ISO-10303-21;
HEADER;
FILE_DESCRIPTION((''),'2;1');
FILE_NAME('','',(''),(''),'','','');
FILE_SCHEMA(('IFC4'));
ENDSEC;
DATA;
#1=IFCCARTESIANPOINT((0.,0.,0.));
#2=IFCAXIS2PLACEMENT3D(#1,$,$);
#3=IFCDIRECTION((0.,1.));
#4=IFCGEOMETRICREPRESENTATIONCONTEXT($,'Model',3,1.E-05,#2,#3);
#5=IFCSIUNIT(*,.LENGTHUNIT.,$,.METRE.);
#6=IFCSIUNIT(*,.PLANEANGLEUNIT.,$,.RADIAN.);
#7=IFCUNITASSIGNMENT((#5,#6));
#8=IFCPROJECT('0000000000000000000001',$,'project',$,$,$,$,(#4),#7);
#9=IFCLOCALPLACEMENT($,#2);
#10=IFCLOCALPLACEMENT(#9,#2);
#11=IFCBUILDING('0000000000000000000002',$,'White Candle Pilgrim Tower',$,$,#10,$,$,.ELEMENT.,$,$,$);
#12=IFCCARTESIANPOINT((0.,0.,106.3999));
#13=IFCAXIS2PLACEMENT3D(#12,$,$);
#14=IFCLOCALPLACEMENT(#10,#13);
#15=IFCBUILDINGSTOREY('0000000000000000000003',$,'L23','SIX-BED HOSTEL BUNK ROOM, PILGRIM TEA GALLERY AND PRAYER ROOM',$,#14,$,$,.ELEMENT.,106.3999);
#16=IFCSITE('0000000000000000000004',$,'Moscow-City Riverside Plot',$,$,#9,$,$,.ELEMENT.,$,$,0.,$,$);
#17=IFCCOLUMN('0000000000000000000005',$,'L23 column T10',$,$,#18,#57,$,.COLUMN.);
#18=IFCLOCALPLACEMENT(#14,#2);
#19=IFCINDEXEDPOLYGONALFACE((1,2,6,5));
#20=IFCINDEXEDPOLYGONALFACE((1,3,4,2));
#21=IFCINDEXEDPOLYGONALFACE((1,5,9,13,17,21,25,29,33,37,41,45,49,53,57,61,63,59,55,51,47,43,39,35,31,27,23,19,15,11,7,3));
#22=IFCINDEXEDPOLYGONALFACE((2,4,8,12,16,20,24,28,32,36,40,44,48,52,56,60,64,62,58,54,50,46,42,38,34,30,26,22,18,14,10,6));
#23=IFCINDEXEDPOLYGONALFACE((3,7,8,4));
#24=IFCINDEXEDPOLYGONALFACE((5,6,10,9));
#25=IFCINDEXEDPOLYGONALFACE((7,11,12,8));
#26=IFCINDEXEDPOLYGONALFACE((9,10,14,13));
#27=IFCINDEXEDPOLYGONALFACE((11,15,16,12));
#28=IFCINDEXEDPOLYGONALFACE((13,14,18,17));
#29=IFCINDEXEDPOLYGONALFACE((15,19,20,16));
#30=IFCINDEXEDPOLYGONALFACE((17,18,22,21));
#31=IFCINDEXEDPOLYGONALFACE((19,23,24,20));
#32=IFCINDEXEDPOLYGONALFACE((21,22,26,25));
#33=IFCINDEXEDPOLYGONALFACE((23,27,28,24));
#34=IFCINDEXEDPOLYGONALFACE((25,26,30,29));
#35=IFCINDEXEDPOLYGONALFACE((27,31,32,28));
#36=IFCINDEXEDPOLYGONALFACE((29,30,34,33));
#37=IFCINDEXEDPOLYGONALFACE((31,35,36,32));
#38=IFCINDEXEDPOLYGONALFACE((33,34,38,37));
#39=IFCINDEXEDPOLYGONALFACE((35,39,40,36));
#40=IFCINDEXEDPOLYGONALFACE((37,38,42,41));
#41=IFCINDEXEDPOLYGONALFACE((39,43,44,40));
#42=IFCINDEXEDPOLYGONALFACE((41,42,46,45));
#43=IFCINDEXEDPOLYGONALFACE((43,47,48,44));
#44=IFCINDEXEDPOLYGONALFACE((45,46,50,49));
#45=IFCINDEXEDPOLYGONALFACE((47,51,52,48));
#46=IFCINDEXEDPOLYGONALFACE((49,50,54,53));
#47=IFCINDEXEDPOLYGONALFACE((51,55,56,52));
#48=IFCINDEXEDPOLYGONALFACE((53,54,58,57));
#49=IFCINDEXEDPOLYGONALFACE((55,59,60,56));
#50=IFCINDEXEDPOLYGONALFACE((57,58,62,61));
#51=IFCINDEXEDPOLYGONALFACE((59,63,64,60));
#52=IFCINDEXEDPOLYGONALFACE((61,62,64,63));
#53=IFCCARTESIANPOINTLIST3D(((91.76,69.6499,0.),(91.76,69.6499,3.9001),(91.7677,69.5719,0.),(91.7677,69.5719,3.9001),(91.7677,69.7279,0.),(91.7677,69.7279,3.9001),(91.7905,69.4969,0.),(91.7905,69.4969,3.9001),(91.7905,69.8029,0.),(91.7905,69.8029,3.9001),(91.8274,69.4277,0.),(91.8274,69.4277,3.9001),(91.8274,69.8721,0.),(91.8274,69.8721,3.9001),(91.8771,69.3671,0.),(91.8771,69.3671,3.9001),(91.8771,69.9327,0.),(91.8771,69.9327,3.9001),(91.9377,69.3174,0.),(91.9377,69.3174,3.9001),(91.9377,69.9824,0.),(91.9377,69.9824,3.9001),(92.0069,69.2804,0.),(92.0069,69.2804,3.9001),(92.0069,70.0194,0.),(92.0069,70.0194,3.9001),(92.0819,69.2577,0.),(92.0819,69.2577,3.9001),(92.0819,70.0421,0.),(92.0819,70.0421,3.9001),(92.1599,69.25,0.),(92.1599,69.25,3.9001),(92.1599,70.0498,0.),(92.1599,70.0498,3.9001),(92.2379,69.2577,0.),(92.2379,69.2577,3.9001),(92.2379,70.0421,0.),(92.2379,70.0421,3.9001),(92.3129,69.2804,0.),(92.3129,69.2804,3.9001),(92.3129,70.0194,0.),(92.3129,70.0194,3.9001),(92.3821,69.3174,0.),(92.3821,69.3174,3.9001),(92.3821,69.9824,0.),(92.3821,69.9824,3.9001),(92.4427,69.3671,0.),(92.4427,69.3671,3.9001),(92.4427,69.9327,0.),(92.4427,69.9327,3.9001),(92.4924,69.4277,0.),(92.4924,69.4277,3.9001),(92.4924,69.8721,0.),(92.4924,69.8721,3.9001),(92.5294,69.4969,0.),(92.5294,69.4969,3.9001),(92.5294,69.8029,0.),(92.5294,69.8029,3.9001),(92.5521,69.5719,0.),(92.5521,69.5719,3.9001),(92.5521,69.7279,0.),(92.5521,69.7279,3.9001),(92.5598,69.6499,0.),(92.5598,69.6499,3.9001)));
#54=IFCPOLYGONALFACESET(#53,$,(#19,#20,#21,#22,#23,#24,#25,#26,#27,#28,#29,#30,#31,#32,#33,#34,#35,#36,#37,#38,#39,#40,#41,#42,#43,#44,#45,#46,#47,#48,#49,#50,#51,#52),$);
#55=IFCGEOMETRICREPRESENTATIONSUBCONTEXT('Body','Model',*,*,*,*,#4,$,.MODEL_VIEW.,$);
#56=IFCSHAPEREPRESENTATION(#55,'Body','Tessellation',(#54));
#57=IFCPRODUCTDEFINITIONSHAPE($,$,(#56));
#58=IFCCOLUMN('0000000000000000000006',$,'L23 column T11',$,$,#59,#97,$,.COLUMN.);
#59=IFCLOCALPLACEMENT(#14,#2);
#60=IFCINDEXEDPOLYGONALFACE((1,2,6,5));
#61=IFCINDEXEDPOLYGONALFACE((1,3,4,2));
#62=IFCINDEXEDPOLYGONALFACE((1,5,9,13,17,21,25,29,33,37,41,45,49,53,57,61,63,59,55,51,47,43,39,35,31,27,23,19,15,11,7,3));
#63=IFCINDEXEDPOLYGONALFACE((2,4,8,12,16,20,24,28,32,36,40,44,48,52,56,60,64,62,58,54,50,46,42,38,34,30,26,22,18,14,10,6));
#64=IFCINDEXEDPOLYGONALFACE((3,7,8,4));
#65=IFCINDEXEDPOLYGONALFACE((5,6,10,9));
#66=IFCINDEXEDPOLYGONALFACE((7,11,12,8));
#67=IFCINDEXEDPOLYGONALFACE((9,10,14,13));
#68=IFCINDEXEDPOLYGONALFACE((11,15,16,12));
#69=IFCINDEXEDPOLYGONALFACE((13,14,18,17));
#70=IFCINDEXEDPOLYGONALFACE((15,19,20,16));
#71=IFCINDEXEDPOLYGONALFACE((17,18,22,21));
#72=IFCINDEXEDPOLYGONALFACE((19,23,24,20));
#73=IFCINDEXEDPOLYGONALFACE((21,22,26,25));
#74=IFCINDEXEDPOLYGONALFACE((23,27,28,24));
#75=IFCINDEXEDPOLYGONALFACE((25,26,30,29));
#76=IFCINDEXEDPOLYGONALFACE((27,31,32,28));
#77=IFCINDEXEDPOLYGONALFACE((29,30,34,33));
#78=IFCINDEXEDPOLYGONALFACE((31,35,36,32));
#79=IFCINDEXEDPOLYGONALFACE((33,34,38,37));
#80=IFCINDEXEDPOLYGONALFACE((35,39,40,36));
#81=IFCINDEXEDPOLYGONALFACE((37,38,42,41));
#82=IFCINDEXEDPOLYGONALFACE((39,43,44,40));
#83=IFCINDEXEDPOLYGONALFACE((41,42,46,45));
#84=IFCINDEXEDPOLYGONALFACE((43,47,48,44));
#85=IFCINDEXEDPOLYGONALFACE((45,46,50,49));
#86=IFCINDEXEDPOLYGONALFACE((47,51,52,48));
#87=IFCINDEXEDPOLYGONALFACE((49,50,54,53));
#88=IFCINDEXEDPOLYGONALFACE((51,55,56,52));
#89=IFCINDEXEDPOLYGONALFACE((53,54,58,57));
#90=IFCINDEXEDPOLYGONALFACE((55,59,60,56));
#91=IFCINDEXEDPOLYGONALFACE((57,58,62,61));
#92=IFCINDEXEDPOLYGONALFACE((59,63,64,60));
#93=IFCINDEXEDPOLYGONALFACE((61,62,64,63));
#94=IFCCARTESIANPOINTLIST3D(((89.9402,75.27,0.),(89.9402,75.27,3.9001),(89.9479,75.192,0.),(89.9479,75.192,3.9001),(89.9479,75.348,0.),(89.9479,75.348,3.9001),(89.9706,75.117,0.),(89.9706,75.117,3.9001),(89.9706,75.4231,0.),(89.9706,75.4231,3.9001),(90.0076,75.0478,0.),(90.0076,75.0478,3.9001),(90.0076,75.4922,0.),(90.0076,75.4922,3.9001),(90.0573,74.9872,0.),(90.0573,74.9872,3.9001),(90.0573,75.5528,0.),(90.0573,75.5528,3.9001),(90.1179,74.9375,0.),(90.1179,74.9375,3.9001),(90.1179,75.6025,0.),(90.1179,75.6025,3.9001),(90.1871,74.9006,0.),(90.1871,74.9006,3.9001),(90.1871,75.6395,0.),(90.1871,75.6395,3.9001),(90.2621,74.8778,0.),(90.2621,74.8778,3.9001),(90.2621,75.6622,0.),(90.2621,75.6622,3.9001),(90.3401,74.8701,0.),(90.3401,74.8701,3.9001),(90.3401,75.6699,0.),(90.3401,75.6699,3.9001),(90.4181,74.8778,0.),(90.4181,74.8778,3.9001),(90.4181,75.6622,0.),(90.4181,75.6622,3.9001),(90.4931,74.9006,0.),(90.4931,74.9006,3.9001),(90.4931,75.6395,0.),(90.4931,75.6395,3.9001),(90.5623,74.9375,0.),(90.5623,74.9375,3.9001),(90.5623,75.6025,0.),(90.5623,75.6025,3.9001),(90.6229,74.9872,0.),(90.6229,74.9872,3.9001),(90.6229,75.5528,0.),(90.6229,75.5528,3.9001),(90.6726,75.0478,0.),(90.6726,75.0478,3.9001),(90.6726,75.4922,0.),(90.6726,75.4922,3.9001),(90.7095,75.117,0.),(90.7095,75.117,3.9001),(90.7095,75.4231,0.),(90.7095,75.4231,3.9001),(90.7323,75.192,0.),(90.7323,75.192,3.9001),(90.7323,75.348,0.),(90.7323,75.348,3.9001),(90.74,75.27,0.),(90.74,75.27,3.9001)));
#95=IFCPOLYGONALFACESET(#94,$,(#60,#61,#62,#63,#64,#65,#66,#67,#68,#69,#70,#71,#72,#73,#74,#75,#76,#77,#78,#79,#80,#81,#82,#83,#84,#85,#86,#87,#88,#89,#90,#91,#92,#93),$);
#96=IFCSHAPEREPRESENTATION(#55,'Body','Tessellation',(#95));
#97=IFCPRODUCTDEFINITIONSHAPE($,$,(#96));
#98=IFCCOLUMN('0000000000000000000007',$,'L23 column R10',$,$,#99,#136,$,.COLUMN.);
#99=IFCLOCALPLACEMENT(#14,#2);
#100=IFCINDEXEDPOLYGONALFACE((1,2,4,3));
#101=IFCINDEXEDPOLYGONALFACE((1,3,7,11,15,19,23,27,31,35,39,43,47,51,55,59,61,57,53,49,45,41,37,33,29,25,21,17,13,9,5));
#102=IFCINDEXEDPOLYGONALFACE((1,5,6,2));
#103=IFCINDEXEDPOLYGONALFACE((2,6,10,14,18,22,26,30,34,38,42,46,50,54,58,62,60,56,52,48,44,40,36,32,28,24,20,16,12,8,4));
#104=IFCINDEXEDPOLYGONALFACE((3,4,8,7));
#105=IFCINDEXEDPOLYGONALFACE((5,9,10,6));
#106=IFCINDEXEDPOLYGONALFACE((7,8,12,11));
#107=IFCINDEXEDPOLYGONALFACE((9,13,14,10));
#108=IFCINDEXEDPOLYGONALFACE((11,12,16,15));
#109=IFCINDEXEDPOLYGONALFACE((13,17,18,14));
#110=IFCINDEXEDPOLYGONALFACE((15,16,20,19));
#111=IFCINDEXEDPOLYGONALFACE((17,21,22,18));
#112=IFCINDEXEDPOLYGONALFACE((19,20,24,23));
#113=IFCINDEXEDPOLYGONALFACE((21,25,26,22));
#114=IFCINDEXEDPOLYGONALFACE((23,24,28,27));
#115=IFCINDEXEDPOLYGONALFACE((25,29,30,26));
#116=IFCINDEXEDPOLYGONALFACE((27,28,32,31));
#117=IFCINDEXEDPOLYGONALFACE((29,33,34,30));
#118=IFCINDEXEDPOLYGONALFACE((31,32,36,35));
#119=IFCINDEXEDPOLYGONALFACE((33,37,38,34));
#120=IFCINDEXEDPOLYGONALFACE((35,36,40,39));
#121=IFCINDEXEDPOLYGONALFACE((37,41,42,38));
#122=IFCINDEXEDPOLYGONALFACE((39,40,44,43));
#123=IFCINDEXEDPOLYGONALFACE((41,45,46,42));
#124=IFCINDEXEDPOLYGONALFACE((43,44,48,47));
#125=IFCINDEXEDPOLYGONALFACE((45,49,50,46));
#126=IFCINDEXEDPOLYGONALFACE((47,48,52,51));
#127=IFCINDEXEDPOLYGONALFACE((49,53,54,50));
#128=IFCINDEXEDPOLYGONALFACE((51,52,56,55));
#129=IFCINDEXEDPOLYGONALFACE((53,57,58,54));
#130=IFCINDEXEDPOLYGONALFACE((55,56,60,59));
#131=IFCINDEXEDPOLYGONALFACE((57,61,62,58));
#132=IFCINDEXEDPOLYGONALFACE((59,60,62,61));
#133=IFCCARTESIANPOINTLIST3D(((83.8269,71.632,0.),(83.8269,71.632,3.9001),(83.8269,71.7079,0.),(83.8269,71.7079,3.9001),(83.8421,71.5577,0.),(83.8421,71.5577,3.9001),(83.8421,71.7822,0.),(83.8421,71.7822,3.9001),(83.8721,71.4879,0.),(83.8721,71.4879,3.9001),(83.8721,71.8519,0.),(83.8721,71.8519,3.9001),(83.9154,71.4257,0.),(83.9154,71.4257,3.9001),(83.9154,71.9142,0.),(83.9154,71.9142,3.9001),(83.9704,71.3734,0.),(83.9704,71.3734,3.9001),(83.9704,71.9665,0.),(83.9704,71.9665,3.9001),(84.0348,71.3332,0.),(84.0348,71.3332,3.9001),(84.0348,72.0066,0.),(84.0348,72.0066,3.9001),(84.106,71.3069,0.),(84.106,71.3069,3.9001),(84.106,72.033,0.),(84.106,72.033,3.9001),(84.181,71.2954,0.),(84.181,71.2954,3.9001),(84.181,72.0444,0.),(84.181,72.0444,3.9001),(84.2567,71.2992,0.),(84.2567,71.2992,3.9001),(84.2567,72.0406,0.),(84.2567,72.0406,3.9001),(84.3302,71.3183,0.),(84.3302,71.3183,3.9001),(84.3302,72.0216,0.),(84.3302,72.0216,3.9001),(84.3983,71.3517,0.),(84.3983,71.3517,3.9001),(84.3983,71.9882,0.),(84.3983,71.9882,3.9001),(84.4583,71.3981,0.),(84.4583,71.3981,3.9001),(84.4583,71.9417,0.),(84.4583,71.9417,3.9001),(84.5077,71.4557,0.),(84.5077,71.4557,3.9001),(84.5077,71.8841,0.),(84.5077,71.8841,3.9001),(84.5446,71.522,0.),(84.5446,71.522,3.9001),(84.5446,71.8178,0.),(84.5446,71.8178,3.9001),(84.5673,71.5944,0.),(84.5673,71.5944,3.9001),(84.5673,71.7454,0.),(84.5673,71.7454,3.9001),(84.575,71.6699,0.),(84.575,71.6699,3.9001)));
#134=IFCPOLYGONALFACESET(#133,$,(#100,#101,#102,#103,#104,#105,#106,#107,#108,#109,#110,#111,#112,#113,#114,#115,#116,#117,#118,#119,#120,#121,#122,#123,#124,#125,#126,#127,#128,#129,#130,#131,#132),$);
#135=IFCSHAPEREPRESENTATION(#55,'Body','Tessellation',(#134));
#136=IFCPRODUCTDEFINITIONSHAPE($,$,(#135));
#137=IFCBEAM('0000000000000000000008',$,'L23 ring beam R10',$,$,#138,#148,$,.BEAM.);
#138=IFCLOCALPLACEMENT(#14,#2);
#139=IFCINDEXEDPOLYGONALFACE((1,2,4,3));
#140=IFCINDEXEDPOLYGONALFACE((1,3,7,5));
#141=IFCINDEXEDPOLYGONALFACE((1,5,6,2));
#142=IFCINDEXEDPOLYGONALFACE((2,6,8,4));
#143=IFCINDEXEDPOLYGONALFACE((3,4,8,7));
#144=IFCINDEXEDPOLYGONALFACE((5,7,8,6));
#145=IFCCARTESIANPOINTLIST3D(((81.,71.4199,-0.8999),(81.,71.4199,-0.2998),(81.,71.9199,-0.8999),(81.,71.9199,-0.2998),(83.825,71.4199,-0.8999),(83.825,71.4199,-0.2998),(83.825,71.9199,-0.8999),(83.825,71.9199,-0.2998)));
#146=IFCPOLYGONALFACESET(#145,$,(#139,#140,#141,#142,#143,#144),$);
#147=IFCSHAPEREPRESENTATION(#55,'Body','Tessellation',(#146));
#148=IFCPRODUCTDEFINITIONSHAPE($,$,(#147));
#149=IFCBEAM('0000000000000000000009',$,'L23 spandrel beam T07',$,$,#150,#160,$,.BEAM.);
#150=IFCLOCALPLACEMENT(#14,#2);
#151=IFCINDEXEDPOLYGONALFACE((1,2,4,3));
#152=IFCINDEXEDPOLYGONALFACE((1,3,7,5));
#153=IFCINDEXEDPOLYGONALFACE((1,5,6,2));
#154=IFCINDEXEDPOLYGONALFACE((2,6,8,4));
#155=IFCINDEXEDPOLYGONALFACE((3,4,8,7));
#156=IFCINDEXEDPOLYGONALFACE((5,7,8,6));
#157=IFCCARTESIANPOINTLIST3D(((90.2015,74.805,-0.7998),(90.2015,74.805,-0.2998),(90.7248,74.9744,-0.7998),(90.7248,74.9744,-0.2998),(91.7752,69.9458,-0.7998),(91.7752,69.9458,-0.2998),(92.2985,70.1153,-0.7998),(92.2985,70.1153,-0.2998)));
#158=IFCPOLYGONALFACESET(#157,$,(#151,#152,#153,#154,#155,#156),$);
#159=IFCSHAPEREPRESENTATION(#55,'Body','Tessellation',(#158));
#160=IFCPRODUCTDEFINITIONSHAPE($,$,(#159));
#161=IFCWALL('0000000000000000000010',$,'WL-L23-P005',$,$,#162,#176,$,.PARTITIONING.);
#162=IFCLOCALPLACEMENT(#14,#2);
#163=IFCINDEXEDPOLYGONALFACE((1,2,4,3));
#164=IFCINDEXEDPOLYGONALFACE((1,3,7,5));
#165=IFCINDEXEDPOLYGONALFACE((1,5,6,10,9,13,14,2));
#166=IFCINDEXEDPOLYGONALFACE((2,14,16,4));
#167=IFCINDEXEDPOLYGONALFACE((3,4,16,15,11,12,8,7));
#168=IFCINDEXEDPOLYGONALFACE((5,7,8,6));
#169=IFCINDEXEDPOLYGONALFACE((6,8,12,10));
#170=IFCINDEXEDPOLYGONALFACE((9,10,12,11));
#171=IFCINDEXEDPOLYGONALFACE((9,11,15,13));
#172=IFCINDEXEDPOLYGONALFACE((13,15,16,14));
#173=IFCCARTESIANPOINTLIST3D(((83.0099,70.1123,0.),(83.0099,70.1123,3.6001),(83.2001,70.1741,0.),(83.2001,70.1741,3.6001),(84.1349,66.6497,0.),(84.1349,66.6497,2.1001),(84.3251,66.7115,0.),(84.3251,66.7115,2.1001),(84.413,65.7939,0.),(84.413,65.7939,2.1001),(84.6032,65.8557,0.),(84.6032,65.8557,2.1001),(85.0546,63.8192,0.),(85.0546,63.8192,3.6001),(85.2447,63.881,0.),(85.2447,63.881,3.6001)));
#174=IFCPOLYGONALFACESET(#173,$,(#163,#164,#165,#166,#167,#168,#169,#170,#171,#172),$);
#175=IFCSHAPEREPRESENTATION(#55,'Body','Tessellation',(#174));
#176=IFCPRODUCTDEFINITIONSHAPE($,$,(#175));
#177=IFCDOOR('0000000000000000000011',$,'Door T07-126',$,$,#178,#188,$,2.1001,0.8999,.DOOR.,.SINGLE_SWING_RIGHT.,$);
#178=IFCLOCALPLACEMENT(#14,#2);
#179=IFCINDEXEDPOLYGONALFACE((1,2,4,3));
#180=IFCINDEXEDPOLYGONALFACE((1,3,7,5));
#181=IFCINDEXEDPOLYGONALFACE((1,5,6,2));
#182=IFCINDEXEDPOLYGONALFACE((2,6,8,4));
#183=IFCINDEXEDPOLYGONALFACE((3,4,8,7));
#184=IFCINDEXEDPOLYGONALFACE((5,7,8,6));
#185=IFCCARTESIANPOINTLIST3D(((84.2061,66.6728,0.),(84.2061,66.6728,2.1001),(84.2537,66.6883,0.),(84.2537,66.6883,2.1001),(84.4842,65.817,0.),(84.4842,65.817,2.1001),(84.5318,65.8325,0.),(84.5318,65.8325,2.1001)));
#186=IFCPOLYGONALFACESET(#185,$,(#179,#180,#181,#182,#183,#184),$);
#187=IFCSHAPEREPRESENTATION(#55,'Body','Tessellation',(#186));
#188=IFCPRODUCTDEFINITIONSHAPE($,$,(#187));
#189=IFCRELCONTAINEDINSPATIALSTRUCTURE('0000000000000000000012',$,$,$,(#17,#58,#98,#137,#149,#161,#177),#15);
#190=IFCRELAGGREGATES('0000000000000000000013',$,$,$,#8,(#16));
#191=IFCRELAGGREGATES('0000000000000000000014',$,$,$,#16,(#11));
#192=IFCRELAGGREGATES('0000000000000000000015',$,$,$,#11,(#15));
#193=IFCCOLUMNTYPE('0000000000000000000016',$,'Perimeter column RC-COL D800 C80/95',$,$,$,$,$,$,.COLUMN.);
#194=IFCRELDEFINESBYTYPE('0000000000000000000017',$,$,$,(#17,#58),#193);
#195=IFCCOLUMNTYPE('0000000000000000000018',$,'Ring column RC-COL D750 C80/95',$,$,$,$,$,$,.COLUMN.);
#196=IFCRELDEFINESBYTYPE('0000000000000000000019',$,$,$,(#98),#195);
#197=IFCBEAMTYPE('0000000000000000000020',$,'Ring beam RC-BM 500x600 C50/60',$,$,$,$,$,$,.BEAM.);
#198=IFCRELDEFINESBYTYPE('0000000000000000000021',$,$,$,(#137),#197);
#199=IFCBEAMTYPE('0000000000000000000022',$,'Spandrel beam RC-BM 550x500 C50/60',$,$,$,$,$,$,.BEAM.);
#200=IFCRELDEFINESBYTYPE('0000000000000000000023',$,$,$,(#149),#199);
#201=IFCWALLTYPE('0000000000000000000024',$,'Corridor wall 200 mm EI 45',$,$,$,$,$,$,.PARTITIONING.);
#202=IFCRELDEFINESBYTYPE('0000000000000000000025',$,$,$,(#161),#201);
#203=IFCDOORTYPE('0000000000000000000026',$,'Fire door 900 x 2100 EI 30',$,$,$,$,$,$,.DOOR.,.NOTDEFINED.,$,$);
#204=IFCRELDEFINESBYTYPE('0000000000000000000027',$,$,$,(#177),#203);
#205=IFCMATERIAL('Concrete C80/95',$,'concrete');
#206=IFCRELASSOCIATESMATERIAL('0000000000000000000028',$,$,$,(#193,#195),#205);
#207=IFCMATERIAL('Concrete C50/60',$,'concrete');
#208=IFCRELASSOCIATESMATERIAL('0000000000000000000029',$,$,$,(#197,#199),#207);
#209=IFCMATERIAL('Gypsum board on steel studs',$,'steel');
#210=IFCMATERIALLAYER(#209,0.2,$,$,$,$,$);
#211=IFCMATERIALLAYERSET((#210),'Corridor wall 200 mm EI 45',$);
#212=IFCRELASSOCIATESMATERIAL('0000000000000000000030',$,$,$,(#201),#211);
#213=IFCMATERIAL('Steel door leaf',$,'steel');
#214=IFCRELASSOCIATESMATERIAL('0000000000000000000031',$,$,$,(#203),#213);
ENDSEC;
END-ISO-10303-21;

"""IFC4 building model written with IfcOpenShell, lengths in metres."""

from ifc_helpers import new_model, si_unit, direction, frame, frame_2d, origin, origin_2d, place, context, subcontext, project, spatial, rectangle, circle, extrude, material, layer, layer_set, material_profile, profile_set, type_object, element, fill, save


model = new_model("IFC4")

# Units and contexts
model_context = context("Model", 3, precision=1e-05, world=origin(), true_north=direction((0.0, 1.0)))
body_context = subcontext(model_context, "Body", "Model", "MODEL_VIEW")
ifc_project = project(units=[si_unit("LENGTHUNIT", "METRE"), si_unit("PLANEANGLEUNIT", "RADIAN")], contexts=[model_context])

# Site, building, storey
site_placement = place(None, origin())
site = spatial("IfcSite", under=ifc_project, at=site_placement, Name="Moscow-City Riverside Plot", CompositionType="ELEMENT", RefElevation=0.0)
building_placement = place(site_placement, origin())
building = spatial("IfcBuilding", under=site, at=building_placement, Name="White Candle Pilgrim Tower", CompositionType="ELEMENT")
storey_placement = place(building_placement, frame((0.0, 0.0, 106.3999)))
storey = spatial("IfcBuildingStorey", under=building, at=storey_placement, Name="L23", Description="SIX-BED HOSTEL BUNK ROOM, PILGRIM TEA GALLERY AND PRAYER ROOM", CompositionType="ELEMENT", Elevation=106.3999)

# Columns
ifc_material_1 = material(Name="Concrete C80/95", Category="concrete")
ifc_material_profile_1 = material_profile(ifc_material_1, circle(Radius=0.3999, at=origin_2d()), Name="RC-COL D800")
ifc_profile_set_1 = profile_set([ifc_material_profile_1], Name="Concrete C80/95")
column_type_1 = type_object("IfcColumnType", Name="Perimeter column RC-COL D800 C80/95", PredefinedType="COLUMN", material=ifc_profile_set_1)
for number, where, z_axis, x_axis, name in (
    (1, (92.1599, 69.6499, 0.0), (0.0, 0.0, 1.0), (1.0, 0.0, 0.0), "L23 column T10"),
    (2, (90.3401, 75.27, 0.0), (0.0, 0.0, 1.0), (1.0, 0.0, 0.0), "L23 column T11"),
):
    element("IfcColumn", number, at=place(storey_placement, frame(where, z_axis=z_axis, x_axis=x_axis)), inside=storey, type_object=column_type_1, Name=name, PredefinedType="COLUMN", context=body_context, shape_type="SweptSolid", body=[
        extrude(circle(Radius=0.3999, at=origin_2d()), origin(), (0.0, 0.0, 1.0), 3.9001),
    ])
ifc_material_profile_2 = material_profile(ifc_material_1, circle(Radius=0.375, at=origin_2d()), Name="RC-COL D750")
ifc_profile_set_2 = profile_set([ifc_material_profile_2], Name="Concrete C80/95")
column_type_2 = type_object("IfcColumnType", Name="Ring column RC-COL D750 C80/95", PredefinedType="COLUMN", material=ifc_profile_set_2)
column_placement = place(storey_placement, frame((84.2, 71.6699, 0.0), z_axis=(0.0, 0.0, 1.0), x_axis=(1.0, 0.0, 0.0)))
element("IfcColumn", 3, at=column_placement, inside=storey, type_object=column_type_2, Name="L23 column R10", PredefinedType="COLUMN", context=body_context, shape_type="SweptSolid", body=[
    extrude(circle(Radius=0.375, at=origin_2d()), origin(), (0.0, 0.0, 1.0), 3.9001),
])

# Beams
ifc_material_2 = material(Name="Concrete C50/60", Category="concrete")
ifc_material_profile_3 = material_profile(ifc_material_2, rectangle(XDim=0.5, YDim=0.6001, at=origin_2d()), Name="RC-BM 500x600")
ifc_profile_set_3 = profile_set([ifc_material_profile_3], Name="Concrete C50/60")
beam_type_1 = type_object("IfcBeamType", Name="Ring beam RC-BM 500x600 C50/60", PredefinedType="BEAM", material=ifc_profile_set_3)
beam_1_placement = place(storey_placement, frame((83.825, 71.6699, -0.5999), z_axis=(-1.0, 0.0, 0.0), x_axis=(0.0, -1.0, 0.0)))
element("IfcBeam", 4, at=beam_1_placement, inside=storey, type_object=beam_type_1, Name="L23 ring beam R10", PredefinedType="BEAM", context=body_context, shape_type="SweptSolid", body=[
    extrude(rectangle(XDim=0.5, YDim=0.6001, at=origin_2d()), origin(), (0.0, 0.0, 1.0), 2.825),
])
ifc_material_profile_4 = material_profile(ifc_material_2, rectangle(XDim=0.55, YDim=0.5, at=origin_2d()), Name="RC-BM 550x500")
ifc_profile_set_4 = profile_set([ifc_material_profile_4], Name="Concrete C50/60")
beam_type_2 = type_object("IfcBeamType", Name="Spandrel beam RC-BM 550x500 C50/60", PredefinedType="BEAM", material=ifc_profile_set_4)
beam_2_placement = place(storey_placement, frame((92.0369, 70.0305, -0.5498), z_axis=(-0.308114, 0.951349, 0.0), x_axis=(-0.951349, -0.308114, 0.0)))
element("IfcBeam", 5, at=beam_2_placement, inside=storey, type_object=beam_type_2, Name="L23 spandrel beam T07", PredefinedType="BEAM", context=body_context, shape_type="SweptSolid", body=[
    extrude(rectangle(XDim=0.55, YDim=0.5, at=origin_2d()), origin(), (0.0, 0.0, 1.0), 5.1077),
])

# Wall, opening, door
ifc_material_3 = material(Name="Gypsum board on steel studs", Category="steel")
ifc_layer_1 = layer(ifc_material_3, 0.2)
ifc_layer_set_1 = layer_set([ifc_layer_1], Name="Corridor wall 200 mm EI 45")
wall_type_1 = type_object("IfcWallType", Name="Corridor wall 200 mm EI 45", PredefinedType="PARTITIONING", material=ifc_layer_set_1)
wall_1_placement = place(storey_placement, frame((83.105, 70.1433, 0.0), z_axis=(0.0, 0.0, 1.0), x_axis=(0.309002, -0.951061, 0.0)))
wall_1 = element("IfcWall", 6, at=wall_1_placement, inside=storey, type_object=wall_type_1, Name="WL-L23-P005", PredefinedType="PARTITIONING", context=body_context, shape_type="SweptSolid", body=[
    extrude(rectangle(XDim=6.6169, YDim=0.2, at=frame_2d((3.3086, 0.0))), origin(), (0.0, 0.0, 1.0), 3.6001),
])
opening_1_placement = place(wall_1_placement, frame((3.6409, 0.0, 0.0)))
opening_1 = element("IfcOpeningElement", 7, at=opening_1_placement, cuts=wall_1, PredefinedType="OPENING", context=body_context, shape_type="SweptSolid", body=[
    extrude(rectangle(XDim=0.8999, YDim=2.1001, at=frame_2d((0.45, 1.05))), frame((0.0, 0.1099, 0.0), z_axis=(0.0, -1.0, 0.0), x_axis=(1.0, 0.0, 0.0)), (0.0, 0.0, 1.0), 0.22),
])
ifc_material_4 = material(Name="Steel door leaf", Category="steel")
door_type = type_object("IfcDoorType", Name="Fire door 900 x 2100 EI 30", OperationType="NOTDEFINED", PredefinedType="DOOR", material=ifc_material_4)
door_1_placement = place(opening_1_placement, origin())
door_1 = element("IfcDoor", 8, at=door_1_placement, inside=storey, type_object=door_type, Name="Door T07-126", OperationType="SINGLE_SWING_RIGHT", OverallHeight=2.1001, OverallWidth=0.8999, PredefinedType="DOOR", context=body_context, shape_type="SweptSolid", body=[
    extrude(rectangle(XDim=0.8999, YDim=2.1001, at=frame_2d((0.45, 1.05))), frame((0.0, 0.0249, 0.0), z_axis=(0.0, -1.0, 0.0), x_axis=(1.0, 0.0, 0.0)), (0.0, 0.0, 1.0), 0.05),
])
fill(opening_1, door_1)

save(model, "model.ifc")
